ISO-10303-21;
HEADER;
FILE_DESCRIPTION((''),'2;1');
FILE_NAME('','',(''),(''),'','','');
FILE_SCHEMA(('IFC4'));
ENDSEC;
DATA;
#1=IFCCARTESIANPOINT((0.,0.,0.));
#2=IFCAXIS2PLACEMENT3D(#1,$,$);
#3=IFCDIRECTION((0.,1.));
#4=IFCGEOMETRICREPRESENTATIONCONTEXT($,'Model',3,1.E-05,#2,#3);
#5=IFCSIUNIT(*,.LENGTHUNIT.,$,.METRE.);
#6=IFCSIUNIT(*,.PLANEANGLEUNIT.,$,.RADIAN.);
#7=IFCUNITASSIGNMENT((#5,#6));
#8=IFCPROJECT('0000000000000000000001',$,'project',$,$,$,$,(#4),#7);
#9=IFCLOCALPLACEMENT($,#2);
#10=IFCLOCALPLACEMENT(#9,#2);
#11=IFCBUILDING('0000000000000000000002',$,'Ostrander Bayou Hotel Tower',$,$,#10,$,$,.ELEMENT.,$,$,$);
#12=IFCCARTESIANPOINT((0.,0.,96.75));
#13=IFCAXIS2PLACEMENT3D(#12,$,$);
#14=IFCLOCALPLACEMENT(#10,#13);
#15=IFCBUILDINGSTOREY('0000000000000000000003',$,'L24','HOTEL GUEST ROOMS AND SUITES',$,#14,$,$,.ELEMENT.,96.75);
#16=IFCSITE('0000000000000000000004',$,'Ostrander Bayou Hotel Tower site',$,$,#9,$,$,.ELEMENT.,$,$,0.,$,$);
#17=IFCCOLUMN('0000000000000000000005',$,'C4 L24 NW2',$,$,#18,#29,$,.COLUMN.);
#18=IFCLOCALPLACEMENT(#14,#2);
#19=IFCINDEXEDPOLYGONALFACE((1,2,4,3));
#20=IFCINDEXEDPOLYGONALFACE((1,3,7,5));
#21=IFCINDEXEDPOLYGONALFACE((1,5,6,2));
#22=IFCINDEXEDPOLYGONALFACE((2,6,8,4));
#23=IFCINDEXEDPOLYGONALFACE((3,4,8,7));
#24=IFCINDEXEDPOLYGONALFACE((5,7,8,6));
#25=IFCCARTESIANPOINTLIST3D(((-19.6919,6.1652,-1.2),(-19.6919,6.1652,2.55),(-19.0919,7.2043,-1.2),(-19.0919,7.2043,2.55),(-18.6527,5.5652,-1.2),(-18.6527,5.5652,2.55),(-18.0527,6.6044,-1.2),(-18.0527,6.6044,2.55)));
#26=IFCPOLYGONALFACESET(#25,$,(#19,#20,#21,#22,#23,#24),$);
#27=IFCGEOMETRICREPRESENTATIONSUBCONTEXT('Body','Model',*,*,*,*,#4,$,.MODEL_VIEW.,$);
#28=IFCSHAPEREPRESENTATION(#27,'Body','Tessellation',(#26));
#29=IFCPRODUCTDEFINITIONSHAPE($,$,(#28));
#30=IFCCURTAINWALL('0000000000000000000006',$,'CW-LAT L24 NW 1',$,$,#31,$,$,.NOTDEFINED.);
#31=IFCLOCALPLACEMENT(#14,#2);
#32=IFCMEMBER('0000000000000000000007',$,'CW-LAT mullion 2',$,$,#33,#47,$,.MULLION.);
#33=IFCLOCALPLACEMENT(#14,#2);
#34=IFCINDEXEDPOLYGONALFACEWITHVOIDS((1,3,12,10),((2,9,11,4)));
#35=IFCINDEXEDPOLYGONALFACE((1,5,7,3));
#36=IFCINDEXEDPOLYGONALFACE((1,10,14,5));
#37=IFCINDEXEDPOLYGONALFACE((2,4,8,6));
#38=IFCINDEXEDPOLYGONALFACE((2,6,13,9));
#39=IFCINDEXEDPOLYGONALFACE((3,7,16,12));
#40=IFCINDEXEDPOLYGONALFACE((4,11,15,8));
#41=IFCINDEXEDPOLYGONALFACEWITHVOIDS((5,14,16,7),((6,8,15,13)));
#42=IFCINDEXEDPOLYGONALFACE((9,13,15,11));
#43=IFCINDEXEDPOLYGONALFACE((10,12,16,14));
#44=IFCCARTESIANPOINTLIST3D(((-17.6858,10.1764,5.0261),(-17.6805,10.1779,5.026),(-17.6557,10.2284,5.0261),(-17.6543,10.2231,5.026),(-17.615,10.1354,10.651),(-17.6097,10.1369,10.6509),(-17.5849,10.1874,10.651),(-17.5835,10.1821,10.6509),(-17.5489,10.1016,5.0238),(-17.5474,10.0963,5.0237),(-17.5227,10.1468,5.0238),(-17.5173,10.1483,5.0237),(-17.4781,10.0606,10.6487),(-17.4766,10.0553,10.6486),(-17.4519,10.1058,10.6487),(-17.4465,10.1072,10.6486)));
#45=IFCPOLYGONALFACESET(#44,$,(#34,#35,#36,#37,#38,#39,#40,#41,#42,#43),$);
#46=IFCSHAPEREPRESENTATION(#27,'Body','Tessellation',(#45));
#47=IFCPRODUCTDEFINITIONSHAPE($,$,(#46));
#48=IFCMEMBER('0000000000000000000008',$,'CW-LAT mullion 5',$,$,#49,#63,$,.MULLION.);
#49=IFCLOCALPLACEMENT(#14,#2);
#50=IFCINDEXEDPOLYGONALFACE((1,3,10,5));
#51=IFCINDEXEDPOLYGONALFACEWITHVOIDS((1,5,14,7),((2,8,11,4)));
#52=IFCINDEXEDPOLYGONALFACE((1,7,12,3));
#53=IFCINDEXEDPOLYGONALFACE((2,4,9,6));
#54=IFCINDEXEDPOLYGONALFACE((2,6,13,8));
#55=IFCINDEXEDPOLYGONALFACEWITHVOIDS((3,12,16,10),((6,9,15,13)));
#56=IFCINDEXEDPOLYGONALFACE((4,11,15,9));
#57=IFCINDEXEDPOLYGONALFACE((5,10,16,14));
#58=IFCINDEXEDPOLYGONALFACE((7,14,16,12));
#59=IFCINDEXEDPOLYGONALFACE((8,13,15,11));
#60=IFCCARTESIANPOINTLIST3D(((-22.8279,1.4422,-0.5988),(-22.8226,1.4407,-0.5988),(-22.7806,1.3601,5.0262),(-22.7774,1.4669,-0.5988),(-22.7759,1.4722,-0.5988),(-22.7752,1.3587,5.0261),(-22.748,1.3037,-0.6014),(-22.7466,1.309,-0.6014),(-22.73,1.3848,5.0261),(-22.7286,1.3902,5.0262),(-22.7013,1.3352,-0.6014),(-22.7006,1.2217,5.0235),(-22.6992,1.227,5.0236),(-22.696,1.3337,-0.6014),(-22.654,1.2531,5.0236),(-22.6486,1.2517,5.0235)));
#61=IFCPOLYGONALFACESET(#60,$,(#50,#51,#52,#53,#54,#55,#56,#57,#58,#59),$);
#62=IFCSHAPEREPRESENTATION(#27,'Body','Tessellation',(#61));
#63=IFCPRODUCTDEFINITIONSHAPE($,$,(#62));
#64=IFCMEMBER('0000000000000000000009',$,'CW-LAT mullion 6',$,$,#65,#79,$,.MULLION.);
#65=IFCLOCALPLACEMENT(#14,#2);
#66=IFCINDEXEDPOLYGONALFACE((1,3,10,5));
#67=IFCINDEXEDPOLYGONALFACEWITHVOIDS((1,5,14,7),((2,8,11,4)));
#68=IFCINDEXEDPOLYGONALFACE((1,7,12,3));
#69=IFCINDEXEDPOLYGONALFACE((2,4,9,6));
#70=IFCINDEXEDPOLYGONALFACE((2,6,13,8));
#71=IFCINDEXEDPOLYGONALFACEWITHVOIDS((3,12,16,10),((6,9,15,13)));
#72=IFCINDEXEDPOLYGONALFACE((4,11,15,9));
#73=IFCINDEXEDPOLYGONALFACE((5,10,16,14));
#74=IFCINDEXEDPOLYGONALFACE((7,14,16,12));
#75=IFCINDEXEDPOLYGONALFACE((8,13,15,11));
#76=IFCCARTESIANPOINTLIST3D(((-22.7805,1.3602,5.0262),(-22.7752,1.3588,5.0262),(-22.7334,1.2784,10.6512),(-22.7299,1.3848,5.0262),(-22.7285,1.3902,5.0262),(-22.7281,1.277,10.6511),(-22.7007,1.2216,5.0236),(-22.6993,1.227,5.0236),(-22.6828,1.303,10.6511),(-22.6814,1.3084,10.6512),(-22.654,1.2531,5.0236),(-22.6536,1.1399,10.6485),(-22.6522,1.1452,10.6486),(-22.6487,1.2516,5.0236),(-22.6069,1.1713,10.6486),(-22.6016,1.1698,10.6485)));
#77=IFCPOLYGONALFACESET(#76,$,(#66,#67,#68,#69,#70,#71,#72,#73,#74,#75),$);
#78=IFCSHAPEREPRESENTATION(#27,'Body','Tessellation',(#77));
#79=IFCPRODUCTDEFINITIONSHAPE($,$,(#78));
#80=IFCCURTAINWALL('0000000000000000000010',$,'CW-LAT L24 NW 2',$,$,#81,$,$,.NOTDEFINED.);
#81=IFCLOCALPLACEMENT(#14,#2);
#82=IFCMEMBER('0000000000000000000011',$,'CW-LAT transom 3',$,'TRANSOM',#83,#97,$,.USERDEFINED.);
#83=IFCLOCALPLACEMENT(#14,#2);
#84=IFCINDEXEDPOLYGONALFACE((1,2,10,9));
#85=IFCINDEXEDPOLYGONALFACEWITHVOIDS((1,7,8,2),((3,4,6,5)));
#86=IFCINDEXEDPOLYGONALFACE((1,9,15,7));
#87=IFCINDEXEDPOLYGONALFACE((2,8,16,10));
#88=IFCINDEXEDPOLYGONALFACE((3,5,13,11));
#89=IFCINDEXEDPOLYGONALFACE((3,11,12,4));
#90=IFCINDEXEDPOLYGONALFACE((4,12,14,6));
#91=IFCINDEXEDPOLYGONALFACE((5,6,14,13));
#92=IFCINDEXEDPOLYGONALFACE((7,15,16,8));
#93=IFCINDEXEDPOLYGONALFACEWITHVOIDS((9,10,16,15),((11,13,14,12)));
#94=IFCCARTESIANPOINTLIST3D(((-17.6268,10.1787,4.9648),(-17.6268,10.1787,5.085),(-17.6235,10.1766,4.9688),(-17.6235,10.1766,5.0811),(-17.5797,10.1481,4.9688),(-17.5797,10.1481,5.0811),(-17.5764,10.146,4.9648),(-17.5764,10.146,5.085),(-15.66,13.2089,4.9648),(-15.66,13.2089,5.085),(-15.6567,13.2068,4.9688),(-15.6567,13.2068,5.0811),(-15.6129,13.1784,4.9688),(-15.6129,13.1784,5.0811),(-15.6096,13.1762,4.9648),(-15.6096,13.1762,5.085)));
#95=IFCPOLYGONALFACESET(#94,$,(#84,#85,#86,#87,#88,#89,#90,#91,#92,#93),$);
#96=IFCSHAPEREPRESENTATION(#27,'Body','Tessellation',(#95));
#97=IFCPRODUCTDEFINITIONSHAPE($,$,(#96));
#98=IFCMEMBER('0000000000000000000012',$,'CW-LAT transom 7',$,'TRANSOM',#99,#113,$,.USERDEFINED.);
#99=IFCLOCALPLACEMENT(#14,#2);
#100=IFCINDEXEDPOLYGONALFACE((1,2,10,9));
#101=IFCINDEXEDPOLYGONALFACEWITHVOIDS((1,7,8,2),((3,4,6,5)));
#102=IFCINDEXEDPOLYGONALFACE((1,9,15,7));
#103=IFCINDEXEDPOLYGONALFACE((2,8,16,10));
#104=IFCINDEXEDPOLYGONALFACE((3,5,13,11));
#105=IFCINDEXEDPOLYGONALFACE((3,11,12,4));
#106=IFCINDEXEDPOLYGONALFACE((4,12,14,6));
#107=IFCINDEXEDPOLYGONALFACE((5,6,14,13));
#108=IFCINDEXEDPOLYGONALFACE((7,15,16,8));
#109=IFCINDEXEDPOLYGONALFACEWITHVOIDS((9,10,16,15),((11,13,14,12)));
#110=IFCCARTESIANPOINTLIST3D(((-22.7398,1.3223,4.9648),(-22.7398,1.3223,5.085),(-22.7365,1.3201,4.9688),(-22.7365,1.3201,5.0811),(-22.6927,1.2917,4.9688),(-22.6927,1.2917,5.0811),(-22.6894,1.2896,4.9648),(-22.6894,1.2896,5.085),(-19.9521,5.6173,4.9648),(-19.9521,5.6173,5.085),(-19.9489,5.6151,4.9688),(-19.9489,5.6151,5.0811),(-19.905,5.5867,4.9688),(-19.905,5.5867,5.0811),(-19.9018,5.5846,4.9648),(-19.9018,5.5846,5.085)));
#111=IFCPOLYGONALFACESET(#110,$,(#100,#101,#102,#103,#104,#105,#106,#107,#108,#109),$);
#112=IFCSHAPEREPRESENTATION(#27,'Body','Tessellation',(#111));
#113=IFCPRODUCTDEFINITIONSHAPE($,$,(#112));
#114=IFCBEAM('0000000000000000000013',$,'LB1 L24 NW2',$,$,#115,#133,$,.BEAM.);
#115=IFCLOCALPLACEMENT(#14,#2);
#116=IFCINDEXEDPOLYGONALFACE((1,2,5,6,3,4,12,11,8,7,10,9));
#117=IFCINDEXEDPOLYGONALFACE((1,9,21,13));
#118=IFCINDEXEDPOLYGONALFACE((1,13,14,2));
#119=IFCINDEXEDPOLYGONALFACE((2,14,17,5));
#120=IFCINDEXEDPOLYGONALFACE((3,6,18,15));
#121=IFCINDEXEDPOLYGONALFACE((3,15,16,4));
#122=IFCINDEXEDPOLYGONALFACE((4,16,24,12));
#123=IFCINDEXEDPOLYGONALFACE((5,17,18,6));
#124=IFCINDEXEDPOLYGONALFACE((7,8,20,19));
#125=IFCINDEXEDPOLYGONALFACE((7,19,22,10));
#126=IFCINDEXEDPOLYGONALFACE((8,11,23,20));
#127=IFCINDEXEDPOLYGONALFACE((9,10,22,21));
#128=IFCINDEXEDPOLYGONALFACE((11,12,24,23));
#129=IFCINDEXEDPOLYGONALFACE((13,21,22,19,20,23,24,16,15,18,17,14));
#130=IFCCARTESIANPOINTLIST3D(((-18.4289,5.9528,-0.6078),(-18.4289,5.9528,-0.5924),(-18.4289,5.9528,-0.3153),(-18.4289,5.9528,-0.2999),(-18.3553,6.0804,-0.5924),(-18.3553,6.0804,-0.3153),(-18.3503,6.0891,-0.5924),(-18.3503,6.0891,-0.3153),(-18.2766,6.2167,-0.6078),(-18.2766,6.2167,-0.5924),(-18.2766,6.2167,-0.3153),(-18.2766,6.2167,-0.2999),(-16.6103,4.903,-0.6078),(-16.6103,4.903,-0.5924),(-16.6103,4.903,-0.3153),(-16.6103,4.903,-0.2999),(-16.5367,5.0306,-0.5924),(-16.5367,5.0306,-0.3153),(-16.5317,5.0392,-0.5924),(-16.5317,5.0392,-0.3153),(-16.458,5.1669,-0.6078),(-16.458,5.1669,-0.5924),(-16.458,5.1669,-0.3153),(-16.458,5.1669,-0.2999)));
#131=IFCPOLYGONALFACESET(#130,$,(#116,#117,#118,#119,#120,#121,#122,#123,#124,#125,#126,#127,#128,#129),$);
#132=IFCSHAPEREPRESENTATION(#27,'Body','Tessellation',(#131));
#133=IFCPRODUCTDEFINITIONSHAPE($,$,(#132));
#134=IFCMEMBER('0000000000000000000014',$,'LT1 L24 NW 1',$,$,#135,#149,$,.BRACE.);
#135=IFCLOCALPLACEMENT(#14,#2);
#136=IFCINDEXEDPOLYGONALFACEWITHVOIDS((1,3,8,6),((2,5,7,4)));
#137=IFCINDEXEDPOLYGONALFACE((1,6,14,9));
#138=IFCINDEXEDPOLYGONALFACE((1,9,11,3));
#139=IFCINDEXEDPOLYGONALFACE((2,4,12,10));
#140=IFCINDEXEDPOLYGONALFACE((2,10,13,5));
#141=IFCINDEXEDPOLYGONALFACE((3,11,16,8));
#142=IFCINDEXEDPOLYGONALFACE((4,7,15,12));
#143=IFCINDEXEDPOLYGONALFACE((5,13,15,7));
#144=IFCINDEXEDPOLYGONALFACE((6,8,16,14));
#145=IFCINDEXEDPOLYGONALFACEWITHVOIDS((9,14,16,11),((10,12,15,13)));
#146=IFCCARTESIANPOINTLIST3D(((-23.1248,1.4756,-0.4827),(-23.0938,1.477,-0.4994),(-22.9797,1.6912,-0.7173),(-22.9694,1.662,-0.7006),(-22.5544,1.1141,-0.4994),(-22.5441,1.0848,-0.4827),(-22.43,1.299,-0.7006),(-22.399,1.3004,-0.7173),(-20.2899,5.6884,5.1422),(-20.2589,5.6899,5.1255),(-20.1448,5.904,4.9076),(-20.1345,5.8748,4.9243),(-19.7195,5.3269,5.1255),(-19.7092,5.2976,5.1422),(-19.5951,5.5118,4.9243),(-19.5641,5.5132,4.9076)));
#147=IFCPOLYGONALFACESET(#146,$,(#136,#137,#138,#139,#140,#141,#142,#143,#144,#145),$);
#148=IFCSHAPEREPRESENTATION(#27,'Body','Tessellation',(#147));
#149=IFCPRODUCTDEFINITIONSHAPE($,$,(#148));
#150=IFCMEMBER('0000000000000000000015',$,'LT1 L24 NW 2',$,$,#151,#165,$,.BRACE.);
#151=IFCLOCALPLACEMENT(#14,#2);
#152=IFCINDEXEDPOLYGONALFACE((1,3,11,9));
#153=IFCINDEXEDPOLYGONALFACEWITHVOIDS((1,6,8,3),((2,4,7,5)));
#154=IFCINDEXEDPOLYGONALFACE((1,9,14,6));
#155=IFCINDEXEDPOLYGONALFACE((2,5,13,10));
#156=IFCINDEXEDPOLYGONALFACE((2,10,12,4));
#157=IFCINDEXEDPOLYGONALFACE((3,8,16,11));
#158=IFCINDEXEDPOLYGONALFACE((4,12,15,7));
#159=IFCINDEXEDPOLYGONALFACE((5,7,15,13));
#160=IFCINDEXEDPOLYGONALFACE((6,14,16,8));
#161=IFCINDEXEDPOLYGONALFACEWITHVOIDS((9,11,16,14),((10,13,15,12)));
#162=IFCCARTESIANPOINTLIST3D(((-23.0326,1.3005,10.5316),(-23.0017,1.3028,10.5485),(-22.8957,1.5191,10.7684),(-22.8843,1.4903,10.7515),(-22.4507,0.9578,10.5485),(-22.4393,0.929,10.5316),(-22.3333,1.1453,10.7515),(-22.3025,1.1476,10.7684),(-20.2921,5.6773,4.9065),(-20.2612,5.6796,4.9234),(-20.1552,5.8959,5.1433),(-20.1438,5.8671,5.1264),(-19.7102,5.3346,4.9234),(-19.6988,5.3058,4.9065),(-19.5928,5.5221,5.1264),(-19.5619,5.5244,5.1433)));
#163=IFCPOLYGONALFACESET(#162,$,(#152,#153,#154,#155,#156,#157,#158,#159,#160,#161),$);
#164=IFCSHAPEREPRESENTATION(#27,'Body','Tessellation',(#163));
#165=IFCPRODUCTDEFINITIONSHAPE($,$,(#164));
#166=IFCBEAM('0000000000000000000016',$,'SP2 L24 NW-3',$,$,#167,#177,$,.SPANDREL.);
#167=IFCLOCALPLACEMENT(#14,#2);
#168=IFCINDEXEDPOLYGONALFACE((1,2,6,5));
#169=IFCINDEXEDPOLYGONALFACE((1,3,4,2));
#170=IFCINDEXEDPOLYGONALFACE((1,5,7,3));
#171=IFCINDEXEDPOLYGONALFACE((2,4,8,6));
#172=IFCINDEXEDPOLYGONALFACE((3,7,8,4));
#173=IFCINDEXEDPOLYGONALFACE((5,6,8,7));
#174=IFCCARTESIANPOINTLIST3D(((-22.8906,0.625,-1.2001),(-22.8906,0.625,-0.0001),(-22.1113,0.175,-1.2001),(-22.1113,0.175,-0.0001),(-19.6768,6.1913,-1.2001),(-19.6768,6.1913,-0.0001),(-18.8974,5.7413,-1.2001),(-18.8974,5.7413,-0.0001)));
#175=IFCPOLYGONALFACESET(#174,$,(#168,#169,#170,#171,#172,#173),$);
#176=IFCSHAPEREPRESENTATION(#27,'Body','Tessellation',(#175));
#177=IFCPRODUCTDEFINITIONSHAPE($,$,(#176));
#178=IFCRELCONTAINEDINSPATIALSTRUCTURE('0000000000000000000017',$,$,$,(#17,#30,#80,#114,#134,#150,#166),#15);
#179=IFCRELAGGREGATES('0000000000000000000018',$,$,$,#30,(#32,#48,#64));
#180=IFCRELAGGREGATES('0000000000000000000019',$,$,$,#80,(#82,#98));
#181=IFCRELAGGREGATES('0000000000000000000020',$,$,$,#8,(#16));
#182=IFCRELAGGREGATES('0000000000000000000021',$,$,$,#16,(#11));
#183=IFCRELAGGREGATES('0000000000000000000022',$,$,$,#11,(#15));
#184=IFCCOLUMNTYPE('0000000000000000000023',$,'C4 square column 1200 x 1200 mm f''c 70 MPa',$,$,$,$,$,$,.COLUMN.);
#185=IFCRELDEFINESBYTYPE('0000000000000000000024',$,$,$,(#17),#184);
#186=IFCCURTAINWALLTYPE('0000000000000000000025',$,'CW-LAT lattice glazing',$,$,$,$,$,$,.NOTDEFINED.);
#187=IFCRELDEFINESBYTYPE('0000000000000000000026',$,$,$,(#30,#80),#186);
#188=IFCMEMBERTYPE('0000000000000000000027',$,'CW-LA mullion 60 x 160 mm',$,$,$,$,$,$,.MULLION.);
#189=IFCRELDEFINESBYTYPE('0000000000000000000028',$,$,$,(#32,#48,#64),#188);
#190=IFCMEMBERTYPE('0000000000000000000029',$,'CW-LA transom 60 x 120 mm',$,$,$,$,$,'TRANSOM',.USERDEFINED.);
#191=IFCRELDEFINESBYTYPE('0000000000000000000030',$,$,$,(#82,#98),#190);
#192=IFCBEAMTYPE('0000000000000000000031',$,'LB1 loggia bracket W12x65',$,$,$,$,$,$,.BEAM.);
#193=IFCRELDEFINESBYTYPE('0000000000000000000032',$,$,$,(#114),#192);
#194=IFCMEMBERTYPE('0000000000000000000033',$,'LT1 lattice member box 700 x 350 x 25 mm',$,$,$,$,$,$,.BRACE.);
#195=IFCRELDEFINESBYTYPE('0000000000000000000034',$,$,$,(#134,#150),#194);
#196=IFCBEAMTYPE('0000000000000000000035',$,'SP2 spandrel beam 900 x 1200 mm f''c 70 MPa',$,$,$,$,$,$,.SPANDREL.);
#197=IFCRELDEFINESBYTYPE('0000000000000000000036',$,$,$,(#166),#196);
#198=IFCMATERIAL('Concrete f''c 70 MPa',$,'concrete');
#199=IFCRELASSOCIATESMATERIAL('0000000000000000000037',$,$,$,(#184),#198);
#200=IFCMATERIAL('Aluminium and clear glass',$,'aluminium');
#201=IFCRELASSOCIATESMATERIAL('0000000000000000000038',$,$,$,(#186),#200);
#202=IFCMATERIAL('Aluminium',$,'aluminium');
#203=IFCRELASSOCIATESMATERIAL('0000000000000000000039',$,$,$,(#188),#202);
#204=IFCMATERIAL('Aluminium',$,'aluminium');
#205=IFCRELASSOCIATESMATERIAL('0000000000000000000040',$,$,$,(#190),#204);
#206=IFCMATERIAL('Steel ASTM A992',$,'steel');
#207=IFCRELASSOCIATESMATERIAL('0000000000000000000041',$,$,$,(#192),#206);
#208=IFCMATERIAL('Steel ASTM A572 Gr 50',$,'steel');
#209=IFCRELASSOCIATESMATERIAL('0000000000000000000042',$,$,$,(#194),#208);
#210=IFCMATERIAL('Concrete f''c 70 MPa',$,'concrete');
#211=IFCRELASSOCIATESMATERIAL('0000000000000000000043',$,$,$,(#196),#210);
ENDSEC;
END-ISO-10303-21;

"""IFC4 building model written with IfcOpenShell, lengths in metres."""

from ifc_helpers import new_model, si_unit, direction, frame, origin, origin_2d, place, context, subcontext, project, spatial, rectangle, hollow_rectangle, i_section, extrude, material, material_profile, profile_set, type_object, element, aggregate, save


model = new_model("IFC4")

# Units and contexts
model_context = context("Model", 3, precision=1e-05, world=origin(), true_north=direction((0.0, 1.0)))
body_context = subcontext(model_context, "Body", "Model", "MODEL_VIEW")
ifc_project = project(units=[si_unit("LENGTHUNIT", "METRE"), si_unit("PLANEANGLEUNIT", "RADIAN")], contexts=[model_context])

# Site, building, storey
site_placement = place(None, origin())
site = spatial("IfcSite", under=ifc_project, at=site_placement, Name="Ostrander Bayou Hotel Tower site", CompositionType="ELEMENT", RefElevation=0.0)
building_placement = place(site_placement, origin())
building = spatial("IfcBuilding", under=site, at=building_placement, Name="Ostrander Bayou Hotel Tower", CompositionType="ELEMENT")
storey_placement = place(building_placement, frame((0.0, 0.0, 96.75)))
storey = spatial("IfcBuildingStorey", under=building, at=storey_placement, Name="L24", Description="HOTEL GUEST ROOMS AND SUITES", CompositionType="ELEMENT", Elevation=96.75)

# Column
ifc_material_1 = material(Name="Concrete f'c 70 MPa", Category="concrete")
ifc_material_profile_1 = material_profile(ifc_material_1, rectangle(XDim=1.2, YDim=1.2, at=origin_2d()))
ifc_profile_set_1 = profile_set([ifc_material_profile_1], Name="Concrete f'c 70 MPa")
column_type = type_object("IfcColumnType", Name="C4 square column 1200 x 1200 mm f'c 70 MPa", PredefinedType="COLUMN", material=ifc_profile_set_1)
column_placement = place(storey_placement, frame((-18.8723, 6.3848, -1.2), z_axis=(0.0, 0.0, 1.0), x_axis=(0.5, 0.866025, 0.0)))
element("IfcColumn", 1, at=column_placement, inside=storey, type_object=column_type, Name="C4 L24 NW2", PredefinedType="COLUMN", context=body_context, shape_type="SweptSolid", body=[
    extrude(rectangle(XDim=1.2, YDim=1.2, at=origin_2d()), origin(), (0.0, 0.0, 1.0), 3.75),
])

# Curtain walls, members
ifc_material_2 = material(Name="Aluminium and clear glass", Category="aluminium")
curtain_wall_type = type_object("IfcCurtainWallType", Name="CW-LAT lattice glazing", PredefinedType="NOTDEFINED", material=ifc_material_2)
curtain_wall_1_placement = place(storey_placement, origin())
curtain_wall_1 = element("IfcCurtainWall", 2, at=curtain_wall_1_placement, inside=storey, type_object=curtain_wall_type, Name="CW-LAT L24 NW 1", PredefinedType="NOTDEFINED")
ifc_material_3 = material(Name="Aluminium", Category="aluminium")
ifc_material_profile_2 = material_profile(ifc_material_3, hollow_rectangle(XDim=0.0601, YDim=0.1599, WallThickness=0.0039, at=origin_2d()))
ifc_profile_set_2 = profile_set([ifc_material_profile_2], Name="Aluminium")
member_type_1 = type_object("IfcMemberType", Name="CW-LA mullion 60 x 160 mm", PredefinedType="MULLION", material=ifc_profile_set_2)
member_1_placement = place(storey_placement, frame((-17.6016, 10.1624, 5.0249), z_axis=(0.012585, -0.007291, 0.999894), x_axis=(0.501271, 0.86529, 0.0)))
member_1 = element("IfcMember", 3, at=member_1_placement, type_object=member_type_1, Name="CW-LAT mullion 2", PredefinedType="MULLION", context=body_context, shape_type="SweptSolid", body=[
    extrude(hollow_rectangle(XDim=0.0601, YDim=0.1599, WallThickness=0.0039, at=origin_2d()), origin(), (0.0, 0.0, 1.0), 5.6255),
])
member_2_placement = place(storey_placement, frame((-22.762, 1.3879, -0.6001), z_axis=(0.008419, -0.014581, 0.999858), x_axis=(0.866014, 0.50002, 0.0)))
member_2 = element("IfcMember", 4, at=member_2_placement, type_object=member_type_1, Name="CW-LAT mullion 5", PredefinedType="MULLION", context=body_context, shape_type="SweptSolid", body=[
    extrude(hollow_rectangle(XDim=0.0601, YDim=0.1599, WallThickness=0.0039, at=origin_2d()), origin(), (0.0, 0.0, 1.0), 5.6257),
])
member_3_placement = place(storey_placement, frame((-22.7146, 1.3059, 5.0249), z_axis=(0.008376, -0.014538, 0.999859), x_axis=(0.866487, 0.4992, 0.0)))
member_3 = element("IfcMember", 5, at=member_3_placement, type_object=member_type_1, Name="CW-LAT mullion 6", PredefinedType="MULLION", context=body_context, shape_type="SweptSolid", body=[
    extrude(hollow_rectangle(XDim=0.0601, YDim=0.1599, WallThickness=0.0039, at=origin_2d()), origin(), (0.0, 0.0, 1.0), 5.6257),
])
curtain_wall_2_placement = place(storey_placement, origin())
curtain_wall_2 = element("IfcCurtainWall", 6, at=curtain_wall_2_placement, inside=storey, type_object=curtain_wall_type, Name="CW-LAT L24 NW 2", PredefinedType="NOTDEFINED")
ifc_material_4 = material(Name="Aluminium", Category="aluminium")
ifc_material_profile_3 = material_profile(ifc_material_4, hollow_rectangle(XDim=0.0601, YDim=0.1201, WallThickness=0.0039, at=origin_2d()))
ifc_profile_set_3 = profile_set([ifc_material_profile_3], Name="Aluminium")
member_type_2 = type_object("IfcMemberType", Name="CW-LA transom 60 x 120 mm", ElementType="TRANSOM", PredefinedType="USERDEFINED", material=ifc_profile_set_3)
member_4_placement = place(storey_placement, frame((-17.6016, 10.1624, 5.0249), z_axis=(0.544428, 0.838808, 0.0), x_axis=(-0.838808, 0.544428, 0.0)))
member_4 = element("IfcMember", 7, at=member_4_placement, type_object=member_type_2, Name="CW-LAT transom 3", ObjectType="TRANSOM", PredefinedType="USERDEFINED", context=body_context, shape_type="SweptSolid", body=[
    extrude(hollow_rectangle(XDim=0.0601, YDim=0.1201, WallThickness=0.0039, at=origin_2d()), origin(), (0.0, 0.0, 1.0), 3.6125),
])
member_5_placement = place(storey_placement, frame((-22.7146, 1.3059, 5.0249), z_axis=(0.544425, 0.838809, 0.0), x_axis=(-0.838809, 0.544425, 0.0)))
member_5 = element("IfcMember", 8, at=member_5_placement, type_object=member_type_2, Name="CW-LAT transom 7", ObjectType="TRANSOM", PredefinedType="USERDEFINED", context=body_context, shape_type="SweptSolid", body=[
    extrude(hollow_rectangle(XDim=0.0601, YDim=0.1201, WallThickness=0.0039, at=origin_2d()), origin(), (0.0, 0.0, 1.0), 5.1204),
])

# Beam
ifc_material_5 = material(Name="Steel ASTM A992", Category="steel")
ifc_material_profile_4 = material_profile(ifc_material_5, i_section(OverallWidth=0.3047, OverallDepth=0.3079, WebThickness=0.01, FlangeThickness=0.0154, at=origin_2d()))
ifc_profile_set_4 = profile_set([ifc_material_profile_4], Name="Steel ASTM A992")
beam_type_1 = type_object("IfcBeamType", Name="LB1 loggia bracket W12x65", PredefinedType="BEAM", material=ifc_profile_set_4)
beam_1_placement = place(storey_placement, frame((-18.3528, 6.0847, -0.4539), z_axis=(0.86606, -0.499941, 0.0), x_axis=(0.499941, 0.86606, 0.0)))
element("IfcBeam", 9, at=beam_1_placement, inside=storey, type_object=beam_type_1, Name="LB1 L24 NW2", PredefinedType="BEAM", context=body_context, shape_type="SweptSolid", body=[
    extrude(i_section(OverallWidth=0.3047, OverallDepth=0.3079, WebThickness=0.01, FlangeThickness=0.0154, at=origin_2d()), origin(), (0.0, 0.0, 1.0), 2.0999),
])

# Members
ifc_material_6 = material(Name="Steel ASTM A572 Gr 50", Category="steel")
ifc_material_profile_5 = material_profile(ifc_material_6, hollow_rectangle(XDim=0.7, YDim=0.3501, WallThickness=0.0249, at=origin_2d()))
ifc_profile_set_5 = profile_set([ifc_material_profile_5], Name="Steel ASTM A572 Gr 50")
member_type_3 = type_object("IfcMemberType", Name="LT1 lattice member box 700 x 350 x 25 mm", PredefinedType="BRACE", material=ifc_profile_set_5)
member_6_placement = place(storey_placement, frame((-19.927, 5.6008, 5.0249), z_axis=(-0.374104, -0.555937, -0.74228), x_axis=(0.829646, -0.55829, 0.0)))
element("IfcMember", 10, at=member_6_placement, inside=storey, type_object=member_type_3, Name="LT1 L24 NW 1", PredefinedType="BRACE", context=body_context, shape_type="SweptSolid", body=[
    extrude(hollow_rectangle(XDim=0.7, YDim=0.3501, WallThickness=0.0249, at=origin_2d()), origin(), (0.0, 0.0, 1.0), 7.5779),
])
member_7_placement = place(storey_placement, frame((-19.927, 5.6008, 5.0249), z_axis=(-0.358896, -0.573178, 0.736655), x_axis=(0.84756, -0.5307, 0.0)))
element("IfcMember", 11, at=member_7_placement, inside=storey, type_object=member_type_3, Name="LT1 L24 NW 2", PredefinedType="BRACE", context=body_context, shape_type="SweptSolid", body=[
    extrude(hollow_rectangle(XDim=0.7, YDim=0.3501, WallThickness=0.0249, at=origin_2d()), origin(), (0.0, 0.0, 1.0), 7.636),
])

# Beam
ifc_material_7 = material(Name="Concrete f'c 70 MPa", Category="concrete")
ifc_material_profile_6 = material_profile(ifc_material_7, rectangle(XDim=0.8999, YDim=1.2, at=origin_2d()))
ifc_profile_set_6 = profile_set([ifc_material_profile_6], Name="Concrete f'c 70 MPa")
beam_type_2 = type_object("IfcBeamType", Name="SP2 spandrel beam 900 x 1200 mm f'c 70 MPa", PredefinedType="SPANDREL", material=ifc_profile_set_6)
beam_2_placement = place(storey_placement, frame((-19.2871, 5.9663, -0.6001), z_axis=(-0.500012, -0.866019, 0.0), x_axis=(0.866019, -0.500012, 0.0)))
element("IfcBeam", 12, at=beam_2_placement, inside=storey, type_object=beam_type_2, Name="SP2 L24 NW-3", PredefinedType="SPANDREL", context=body_context, shape_type="SweptSolid", body=[
    extrude(rectangle(XDim=0.8999, YDim=1.2, at=origin_2d()), origin(), (0.0, 0.0, 1.0), 6.4275),
])

aggregate(curtain_wall_1, [member_1, member_2, member_3])
aggregate(curtain_wall_2, [member_4, member_5])

save(model, "model.ifc")
